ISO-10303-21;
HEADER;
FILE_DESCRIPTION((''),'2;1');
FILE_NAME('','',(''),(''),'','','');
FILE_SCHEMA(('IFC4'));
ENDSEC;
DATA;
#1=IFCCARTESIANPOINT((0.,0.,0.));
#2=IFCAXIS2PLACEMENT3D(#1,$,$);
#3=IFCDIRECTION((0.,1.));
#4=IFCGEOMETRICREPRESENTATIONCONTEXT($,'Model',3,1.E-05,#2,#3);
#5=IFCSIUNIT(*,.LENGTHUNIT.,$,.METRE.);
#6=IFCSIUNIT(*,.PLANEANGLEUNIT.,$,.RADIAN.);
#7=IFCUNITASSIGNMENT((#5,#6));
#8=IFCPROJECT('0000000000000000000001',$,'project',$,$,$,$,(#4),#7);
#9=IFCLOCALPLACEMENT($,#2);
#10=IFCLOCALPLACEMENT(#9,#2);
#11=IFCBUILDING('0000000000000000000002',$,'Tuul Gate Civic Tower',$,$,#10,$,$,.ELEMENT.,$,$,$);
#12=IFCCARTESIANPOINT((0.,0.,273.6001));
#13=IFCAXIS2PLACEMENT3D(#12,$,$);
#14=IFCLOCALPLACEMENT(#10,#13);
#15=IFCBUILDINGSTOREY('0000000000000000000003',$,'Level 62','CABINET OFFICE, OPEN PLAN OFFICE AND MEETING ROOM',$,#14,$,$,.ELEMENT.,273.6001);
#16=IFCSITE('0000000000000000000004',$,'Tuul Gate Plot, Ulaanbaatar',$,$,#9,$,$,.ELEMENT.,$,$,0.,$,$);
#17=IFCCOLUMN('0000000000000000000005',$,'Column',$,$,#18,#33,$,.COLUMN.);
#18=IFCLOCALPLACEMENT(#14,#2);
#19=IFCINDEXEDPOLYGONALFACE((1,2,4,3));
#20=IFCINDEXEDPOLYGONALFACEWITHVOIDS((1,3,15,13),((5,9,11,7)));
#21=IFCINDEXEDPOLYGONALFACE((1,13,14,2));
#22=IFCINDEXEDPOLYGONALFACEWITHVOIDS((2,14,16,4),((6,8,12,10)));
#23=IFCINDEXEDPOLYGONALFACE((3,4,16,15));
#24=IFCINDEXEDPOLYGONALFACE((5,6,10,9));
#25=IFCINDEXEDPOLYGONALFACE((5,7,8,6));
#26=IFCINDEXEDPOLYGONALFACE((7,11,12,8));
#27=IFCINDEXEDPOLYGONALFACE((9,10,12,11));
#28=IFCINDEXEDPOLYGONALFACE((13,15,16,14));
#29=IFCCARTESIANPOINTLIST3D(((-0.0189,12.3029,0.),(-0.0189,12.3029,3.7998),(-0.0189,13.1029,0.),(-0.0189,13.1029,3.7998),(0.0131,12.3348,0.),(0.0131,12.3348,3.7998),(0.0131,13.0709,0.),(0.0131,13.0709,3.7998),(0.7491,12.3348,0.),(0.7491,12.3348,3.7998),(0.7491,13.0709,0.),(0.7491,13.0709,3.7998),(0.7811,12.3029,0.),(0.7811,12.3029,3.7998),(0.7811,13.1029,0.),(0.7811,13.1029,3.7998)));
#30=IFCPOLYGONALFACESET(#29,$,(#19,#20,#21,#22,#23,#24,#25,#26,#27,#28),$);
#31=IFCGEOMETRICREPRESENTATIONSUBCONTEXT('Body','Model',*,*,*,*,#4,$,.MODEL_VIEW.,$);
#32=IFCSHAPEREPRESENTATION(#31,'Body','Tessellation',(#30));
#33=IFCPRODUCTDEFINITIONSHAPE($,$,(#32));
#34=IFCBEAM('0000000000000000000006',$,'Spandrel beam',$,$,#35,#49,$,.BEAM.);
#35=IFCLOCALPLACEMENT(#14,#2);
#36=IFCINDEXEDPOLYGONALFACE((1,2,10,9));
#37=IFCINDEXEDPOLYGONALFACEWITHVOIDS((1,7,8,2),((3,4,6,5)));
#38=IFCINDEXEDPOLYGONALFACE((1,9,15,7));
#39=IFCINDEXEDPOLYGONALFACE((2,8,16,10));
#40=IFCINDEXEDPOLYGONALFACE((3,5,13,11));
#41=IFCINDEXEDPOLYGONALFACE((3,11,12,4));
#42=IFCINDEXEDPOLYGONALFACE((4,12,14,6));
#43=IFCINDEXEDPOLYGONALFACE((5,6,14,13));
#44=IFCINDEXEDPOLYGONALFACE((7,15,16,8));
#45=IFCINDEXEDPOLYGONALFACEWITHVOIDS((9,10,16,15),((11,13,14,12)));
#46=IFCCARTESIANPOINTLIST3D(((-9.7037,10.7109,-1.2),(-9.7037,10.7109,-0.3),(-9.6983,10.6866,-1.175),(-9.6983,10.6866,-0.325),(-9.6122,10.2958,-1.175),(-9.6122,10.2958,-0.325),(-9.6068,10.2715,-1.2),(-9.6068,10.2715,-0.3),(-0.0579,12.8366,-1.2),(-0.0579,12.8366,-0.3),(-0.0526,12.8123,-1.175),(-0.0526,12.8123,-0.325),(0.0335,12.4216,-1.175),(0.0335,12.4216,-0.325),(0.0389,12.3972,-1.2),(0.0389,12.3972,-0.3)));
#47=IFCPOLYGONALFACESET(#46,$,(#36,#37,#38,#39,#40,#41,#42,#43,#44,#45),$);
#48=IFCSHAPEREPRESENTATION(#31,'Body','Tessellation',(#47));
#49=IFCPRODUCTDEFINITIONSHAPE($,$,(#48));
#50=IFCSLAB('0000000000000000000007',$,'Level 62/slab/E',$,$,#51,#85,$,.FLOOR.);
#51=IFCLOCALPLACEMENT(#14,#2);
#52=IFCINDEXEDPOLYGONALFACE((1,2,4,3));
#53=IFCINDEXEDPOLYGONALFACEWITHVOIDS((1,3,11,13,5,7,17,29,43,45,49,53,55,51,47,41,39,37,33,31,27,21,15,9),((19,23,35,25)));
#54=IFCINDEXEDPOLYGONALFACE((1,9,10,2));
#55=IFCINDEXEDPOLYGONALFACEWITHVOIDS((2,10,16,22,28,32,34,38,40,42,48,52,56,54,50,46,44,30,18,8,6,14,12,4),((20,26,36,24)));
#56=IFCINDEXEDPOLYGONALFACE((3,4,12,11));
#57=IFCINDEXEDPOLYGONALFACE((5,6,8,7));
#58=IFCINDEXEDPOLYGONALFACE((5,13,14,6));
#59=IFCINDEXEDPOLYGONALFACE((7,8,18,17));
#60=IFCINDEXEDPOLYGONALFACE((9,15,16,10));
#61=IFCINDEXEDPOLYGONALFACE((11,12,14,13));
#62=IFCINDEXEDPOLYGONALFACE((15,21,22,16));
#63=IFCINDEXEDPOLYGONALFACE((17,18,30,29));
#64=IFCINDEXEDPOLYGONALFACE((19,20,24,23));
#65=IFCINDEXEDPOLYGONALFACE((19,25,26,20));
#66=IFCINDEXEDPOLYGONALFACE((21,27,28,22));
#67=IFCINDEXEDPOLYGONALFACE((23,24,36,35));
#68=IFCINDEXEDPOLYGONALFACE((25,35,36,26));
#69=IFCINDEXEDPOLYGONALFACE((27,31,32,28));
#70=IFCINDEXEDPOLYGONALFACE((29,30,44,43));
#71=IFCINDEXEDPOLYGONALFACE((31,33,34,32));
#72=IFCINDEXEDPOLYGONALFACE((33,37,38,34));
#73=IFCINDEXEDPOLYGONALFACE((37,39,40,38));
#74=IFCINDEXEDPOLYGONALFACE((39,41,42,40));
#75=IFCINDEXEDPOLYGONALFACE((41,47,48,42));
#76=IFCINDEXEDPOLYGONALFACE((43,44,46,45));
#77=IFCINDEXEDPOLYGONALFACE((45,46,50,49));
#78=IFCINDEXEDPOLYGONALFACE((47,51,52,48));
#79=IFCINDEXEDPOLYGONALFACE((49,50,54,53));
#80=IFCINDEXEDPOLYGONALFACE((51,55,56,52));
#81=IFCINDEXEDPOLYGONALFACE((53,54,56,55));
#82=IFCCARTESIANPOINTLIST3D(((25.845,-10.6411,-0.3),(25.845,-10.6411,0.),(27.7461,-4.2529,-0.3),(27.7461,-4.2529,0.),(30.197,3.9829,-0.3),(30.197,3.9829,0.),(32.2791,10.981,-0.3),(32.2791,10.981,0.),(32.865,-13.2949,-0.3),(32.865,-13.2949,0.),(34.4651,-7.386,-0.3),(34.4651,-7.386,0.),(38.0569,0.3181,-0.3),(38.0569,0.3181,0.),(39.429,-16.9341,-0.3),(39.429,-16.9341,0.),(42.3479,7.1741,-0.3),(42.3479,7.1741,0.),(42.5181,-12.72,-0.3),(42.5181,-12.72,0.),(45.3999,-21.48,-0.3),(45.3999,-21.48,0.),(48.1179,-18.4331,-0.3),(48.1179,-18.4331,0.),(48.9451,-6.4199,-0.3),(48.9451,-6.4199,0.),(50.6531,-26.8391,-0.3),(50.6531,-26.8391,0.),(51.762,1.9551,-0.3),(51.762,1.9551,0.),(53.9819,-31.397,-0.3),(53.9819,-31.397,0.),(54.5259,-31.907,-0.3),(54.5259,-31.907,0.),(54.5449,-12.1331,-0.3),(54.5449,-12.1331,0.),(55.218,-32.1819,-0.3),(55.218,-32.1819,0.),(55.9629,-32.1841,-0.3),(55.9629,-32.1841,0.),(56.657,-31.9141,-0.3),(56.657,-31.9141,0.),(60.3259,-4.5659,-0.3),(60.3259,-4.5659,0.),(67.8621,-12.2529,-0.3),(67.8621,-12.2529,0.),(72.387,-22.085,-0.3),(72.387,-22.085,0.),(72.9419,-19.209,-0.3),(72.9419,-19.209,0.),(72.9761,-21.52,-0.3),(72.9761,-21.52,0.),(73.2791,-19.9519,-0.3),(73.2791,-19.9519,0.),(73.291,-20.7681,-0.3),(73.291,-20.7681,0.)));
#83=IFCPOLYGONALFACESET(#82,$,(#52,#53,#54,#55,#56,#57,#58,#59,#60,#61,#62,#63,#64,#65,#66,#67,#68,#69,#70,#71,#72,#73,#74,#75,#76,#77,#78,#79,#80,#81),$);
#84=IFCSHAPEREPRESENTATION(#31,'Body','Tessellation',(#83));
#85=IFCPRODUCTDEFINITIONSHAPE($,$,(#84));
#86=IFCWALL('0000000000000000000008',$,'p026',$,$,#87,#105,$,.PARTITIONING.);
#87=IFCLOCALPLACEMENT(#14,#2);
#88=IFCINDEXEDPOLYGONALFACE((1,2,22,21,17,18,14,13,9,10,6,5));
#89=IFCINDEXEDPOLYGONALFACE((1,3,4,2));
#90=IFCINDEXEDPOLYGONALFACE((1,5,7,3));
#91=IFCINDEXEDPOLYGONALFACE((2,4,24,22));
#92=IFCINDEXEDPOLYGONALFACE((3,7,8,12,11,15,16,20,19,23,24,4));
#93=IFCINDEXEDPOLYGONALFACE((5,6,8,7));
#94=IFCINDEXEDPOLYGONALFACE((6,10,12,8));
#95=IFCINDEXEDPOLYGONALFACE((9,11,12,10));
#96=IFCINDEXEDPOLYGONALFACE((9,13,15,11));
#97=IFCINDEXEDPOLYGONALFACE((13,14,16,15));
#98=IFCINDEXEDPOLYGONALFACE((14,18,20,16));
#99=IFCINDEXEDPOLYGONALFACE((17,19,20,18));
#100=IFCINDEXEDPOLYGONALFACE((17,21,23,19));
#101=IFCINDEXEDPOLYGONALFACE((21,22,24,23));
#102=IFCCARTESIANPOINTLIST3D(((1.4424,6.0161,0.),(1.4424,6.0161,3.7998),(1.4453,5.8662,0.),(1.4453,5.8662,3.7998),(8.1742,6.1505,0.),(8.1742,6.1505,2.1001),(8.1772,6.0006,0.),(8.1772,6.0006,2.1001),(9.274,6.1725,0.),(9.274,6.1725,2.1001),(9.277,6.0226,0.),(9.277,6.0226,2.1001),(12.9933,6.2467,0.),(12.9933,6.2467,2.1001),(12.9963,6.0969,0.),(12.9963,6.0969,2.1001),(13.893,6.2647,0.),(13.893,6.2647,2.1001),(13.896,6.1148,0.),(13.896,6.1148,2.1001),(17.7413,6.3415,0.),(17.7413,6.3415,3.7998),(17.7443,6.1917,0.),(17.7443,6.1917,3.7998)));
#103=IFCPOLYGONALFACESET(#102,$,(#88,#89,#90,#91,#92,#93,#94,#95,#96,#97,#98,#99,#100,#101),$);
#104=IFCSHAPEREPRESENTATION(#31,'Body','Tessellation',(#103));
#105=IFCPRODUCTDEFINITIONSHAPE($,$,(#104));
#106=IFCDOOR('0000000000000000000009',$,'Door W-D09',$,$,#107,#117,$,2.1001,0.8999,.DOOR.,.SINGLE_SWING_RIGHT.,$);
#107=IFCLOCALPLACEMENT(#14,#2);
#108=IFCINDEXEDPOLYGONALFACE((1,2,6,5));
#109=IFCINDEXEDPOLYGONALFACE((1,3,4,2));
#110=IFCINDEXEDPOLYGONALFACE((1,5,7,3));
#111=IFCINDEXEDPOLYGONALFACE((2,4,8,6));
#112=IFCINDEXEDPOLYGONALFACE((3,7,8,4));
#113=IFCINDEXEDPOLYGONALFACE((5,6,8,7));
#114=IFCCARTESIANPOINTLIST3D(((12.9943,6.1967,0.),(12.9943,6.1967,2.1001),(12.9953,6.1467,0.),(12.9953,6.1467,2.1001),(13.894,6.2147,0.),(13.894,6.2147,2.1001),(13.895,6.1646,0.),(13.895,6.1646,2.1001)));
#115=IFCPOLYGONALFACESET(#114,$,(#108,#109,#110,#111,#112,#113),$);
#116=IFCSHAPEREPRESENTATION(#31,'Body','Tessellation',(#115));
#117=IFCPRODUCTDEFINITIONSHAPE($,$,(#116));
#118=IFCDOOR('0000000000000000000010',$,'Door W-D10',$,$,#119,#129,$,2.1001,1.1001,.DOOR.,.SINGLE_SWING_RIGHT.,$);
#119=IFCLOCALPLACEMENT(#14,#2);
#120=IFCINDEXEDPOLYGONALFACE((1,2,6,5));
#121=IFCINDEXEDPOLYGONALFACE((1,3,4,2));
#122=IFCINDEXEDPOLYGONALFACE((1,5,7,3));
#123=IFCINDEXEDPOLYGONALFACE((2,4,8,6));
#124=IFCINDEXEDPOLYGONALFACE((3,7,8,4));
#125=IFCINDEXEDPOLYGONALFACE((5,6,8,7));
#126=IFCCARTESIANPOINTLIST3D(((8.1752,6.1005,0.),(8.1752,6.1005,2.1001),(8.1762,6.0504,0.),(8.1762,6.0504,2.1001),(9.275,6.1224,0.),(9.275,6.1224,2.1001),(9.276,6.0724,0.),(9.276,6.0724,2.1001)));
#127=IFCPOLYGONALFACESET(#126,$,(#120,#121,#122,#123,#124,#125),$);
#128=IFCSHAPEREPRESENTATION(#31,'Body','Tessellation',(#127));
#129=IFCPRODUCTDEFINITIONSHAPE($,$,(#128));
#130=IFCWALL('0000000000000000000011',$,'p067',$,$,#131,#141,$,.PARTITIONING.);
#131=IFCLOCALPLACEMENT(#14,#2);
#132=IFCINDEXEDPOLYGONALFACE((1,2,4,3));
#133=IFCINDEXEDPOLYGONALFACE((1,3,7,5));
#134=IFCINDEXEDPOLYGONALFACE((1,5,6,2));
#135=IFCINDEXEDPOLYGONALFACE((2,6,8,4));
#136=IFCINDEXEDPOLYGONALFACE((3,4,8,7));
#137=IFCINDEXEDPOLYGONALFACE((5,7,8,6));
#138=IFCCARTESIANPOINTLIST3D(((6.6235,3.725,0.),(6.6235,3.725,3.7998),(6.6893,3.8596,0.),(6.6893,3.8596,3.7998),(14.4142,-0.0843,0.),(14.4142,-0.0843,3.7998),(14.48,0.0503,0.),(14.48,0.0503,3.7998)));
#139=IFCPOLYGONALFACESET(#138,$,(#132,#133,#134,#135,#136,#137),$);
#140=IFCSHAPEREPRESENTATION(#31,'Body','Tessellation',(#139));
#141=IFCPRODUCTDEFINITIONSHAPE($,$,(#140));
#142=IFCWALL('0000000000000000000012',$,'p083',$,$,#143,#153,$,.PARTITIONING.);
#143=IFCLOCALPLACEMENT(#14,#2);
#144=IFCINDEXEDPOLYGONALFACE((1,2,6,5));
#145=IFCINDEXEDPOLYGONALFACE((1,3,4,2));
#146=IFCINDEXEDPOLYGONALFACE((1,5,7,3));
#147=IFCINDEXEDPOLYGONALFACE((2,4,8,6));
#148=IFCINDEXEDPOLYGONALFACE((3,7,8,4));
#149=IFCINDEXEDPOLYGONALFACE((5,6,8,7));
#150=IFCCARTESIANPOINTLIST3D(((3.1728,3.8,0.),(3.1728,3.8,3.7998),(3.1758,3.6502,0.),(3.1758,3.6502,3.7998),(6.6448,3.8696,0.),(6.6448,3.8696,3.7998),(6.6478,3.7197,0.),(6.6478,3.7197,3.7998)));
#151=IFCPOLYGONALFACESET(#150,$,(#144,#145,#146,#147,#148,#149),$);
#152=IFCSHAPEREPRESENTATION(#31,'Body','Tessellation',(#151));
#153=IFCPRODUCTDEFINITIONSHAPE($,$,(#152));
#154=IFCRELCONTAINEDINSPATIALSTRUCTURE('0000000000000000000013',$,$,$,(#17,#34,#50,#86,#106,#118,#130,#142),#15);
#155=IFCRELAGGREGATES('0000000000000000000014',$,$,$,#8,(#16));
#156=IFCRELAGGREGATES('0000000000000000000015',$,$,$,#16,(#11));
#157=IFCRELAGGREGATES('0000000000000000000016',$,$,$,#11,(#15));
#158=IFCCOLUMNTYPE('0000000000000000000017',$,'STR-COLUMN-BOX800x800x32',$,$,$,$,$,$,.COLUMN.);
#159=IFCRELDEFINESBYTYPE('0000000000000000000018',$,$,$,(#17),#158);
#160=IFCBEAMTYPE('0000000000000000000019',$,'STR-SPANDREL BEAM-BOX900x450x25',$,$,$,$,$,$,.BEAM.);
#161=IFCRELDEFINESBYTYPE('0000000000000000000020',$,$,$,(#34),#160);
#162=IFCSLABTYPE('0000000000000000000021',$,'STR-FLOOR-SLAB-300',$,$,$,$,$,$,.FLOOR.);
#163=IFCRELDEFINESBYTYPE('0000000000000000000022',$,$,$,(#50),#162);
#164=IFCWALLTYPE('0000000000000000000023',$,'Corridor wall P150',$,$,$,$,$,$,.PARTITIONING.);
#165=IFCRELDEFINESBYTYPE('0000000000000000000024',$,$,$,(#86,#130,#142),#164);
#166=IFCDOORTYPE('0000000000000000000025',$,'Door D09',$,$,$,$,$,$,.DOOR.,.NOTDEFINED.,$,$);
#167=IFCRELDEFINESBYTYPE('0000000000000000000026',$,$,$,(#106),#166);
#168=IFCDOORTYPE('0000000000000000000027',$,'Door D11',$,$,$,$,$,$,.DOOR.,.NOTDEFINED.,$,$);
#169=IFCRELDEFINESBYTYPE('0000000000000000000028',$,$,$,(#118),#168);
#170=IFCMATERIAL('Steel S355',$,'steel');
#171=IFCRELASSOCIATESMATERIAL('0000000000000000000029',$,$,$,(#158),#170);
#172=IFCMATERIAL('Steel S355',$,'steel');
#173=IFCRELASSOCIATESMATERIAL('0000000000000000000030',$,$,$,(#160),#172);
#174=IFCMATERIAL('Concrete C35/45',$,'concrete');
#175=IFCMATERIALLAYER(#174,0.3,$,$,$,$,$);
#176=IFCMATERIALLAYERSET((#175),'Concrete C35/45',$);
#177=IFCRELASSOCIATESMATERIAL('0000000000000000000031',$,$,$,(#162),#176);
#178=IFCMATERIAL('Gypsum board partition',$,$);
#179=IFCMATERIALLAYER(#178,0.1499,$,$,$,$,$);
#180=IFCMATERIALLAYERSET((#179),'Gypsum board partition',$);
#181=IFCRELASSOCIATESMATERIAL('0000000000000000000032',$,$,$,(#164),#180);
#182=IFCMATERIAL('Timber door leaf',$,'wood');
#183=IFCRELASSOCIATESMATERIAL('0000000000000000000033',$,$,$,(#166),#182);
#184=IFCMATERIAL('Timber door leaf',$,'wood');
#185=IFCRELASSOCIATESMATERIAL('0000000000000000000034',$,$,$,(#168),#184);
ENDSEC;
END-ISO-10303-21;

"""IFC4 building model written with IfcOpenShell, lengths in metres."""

from ifc_helpers import new_model, si_unit, direction, frame, frame_2d, origin, origin_2d, place, context, subcontext, project, spatial, polyline, rectangle, hollow_rectangle, outline, extrude, material, layer, layer_set, material_profile, profile_set, type_object, element, fill, save


model = new_model("IFC4")

# Units and contexts
model_context = context("Model", 3, precision=1e-05, world=origin(), true_north=direction((0.0, 1.0)))
body_context = subcontext(model_context, "Body", "Model", "MODEL_VIEW")
ifc_project = project(units=[si_unit("LENGTHUNIT", "METRE"), si_unit("PLANEANGLEUNIT", "RADIAN")], contexts=[model_context])

# Site, building, storey
site_placement = place(None, origin())
site = spatial("IfcSite", under=ifc_project, at=site_placement, Name="Tuul Gate Plot, Ulaanbaatar", CompositionType="ELEMENT", RefElevation=0.0)
building_placement = place(site_placement, origin())
building = spatial("IfcBuilding", under=site, at=building_placement, Name="Tuul Gate Civic Tower", CompositionType="ELEMENT")
storey_placement = place(building_placement, frame((0.0, 0.0, 273.6001)))
storey = spatial("IfcBuildingStorey", under=building, at=storey_placement, Name="Level 62", Description="CABINET OFFICE, OPEN PLAN OFFICE AND MEETING ROOM", CompositionType="ELEMENT", Elevation=273.6001)

# Column
ifc_material_1 = material(Name="Steel S355", Category="steel")
ifc_material_profile_1 = material_profile(ifc_material_1, hollow_rectangle(XDim=0.8, YDim=0.8, WallThickness=0.032, at=origin_2d()), Name="BOX800x800x32")
ifc_profile_set_1 = profile_set([ifc_material_profile_1], Name="Steel S355")
column_type = type_object("IfcColumnType", Name="STR-COLUMN-BOX800x800x32", PredefinedType="COLUMN", material=ifc_profile_set_1)
column_placement = place(storey_placement, frame((0.3811, 12.7029, 0.0), z_axis=(0.0, 0.0, 1.0), x_axis=(1.0, 0.0, 0.0)))
element("IfcColumn", 1, at=column_placement, inside=storey, type_object=column_type, Name="Column", PredefinedType="COLUMN", context=body_context, shape_type="SweptSolid", body=[
    extrude(hollow_rectangle(XDim=0.8, YDim=0.8, WallThickness=0.032, at=origin_2d()), origin(), (0.0, 0.0, 1.0), 3.7998),
])

# Beam
ifc_material_2 = material(Name="Steel S355", Category="steel")
ifc_material_profile_2 = material_profile(ifc_material_2, hollow_rectangle(XDim=0.45, YDim=0.8999, WallThickness=0.0249, at=origin_2d()), Name="BOX900x450x25")
ifc_profile_set_2 = profile_set([ifc_material_profile_2], Name="Steel S355")
beam_type = type_object("IfcBeamType", Name="STR-SPANDREL BEAM-BOX900x450x25", PredefinedType="BEAM", material=ifc_profile_set_2)
beam_placement = place(storey_placement, frame((-0.0095, 12.6169, -0.75), z_axis=(-0.976566, -0.215216, 0.0), x_axis=(0.215216, -0.976566, 0.0)))
element("IfcBeam", 2, at=beam_placement, inside=storey, type_object=beam_type, Name="Spandrel beam", PredefinedType="BEAM", context=body_context, shape_type="SweptSolid", body=[
    extrude(hollow_rectangle(XDim=0.45, YDim=0.8999, WallThickness=0.0249, at=origin_2d()), origin(), (0.0, 0.0, 1.0), 9.8772),
])

# Slab
ifc_material_3 = material(Name="Concrete C35/45", Category="concrete")
ifc_layer_1 = layer(ifc_material_3, 0.3)
ifc_layer_set_1 = layer_set([ifc_layer_1], Name="Concrete C35/45")
slab_type = type_object("IfcSlabType", Name="STR-FLOOR-SLAB-300", PredefinedType="FLOOR", material=ifc_layer_set_1)
slab_placement = place(storey_placement, frame((0.0, 0.0, -0.3)))
element("IfcSlab", 3, at=slab_placement, inside=storey, type_object=slab_type, Name="Level 62/slab/E", PredefinedType="FLOOR", context=body_context, shape_type="SweptSolid", body=[
    extrude(outline(polyline([(55.9629, -32.1841), (56.657, -31.9141), (72.387, -22.085), (72.9761, -21.52), (73.291, -20.7681), (73.2791, -19.9519), (72.9419, -19.209), (67.8621, -12.2529), (60.3259, -4.5659), (51.762, 1.9551), (42.3479, 7.1741), (32.2791, 10.981), (30.197, 3.9829), (38.0569, 0.3181), (34.4651, -7.386), (27.7461, -4.2529), (25.845, -10.6411), (32.865, -13.2949), (39.429, -16.9341), (45.3999, -21.48), (50.6531, -26.8391), (53.9819, -31.397), (54.5259, -31.907), (55.218, -32.1819), (55.9629, -32.1841)]), holes=[polyline([(48.1179, -18.4331), (42.5181, -12.72), (48.9451, -6.4199), (54.5449, -12.1331), (48.1179, -18.4331)])]), origin(), (0.0, 0.0, 1.0), 0.3),
])

# Wall, openings, doors
ifc_material_4 = material(Name="Gypsum board partition")
ifc_layer_2 = layer(ifc_material_4, 0.1499)
ifc_layer_set_2 = layer_set([ifc_layer_2], Name="Gypsum board partition")
wall_type_1 = type_object("IfcWallType", Name="Corridor wall P150", PredefinedType="PARTITIONING", material=ifc_layer_set_2)
wall_1_placement = place(storey_placement, frame((1.4438, 5.9412, 0.0), z_axis=(0.0, 0.0, 1.0), x_axis=(0.999801, 0.019963, 0.0)))
wall_1 = element("IfcWall", 4, at=wall_1_placement, inside=storey, type_object=wall_type_1, Name="p026", PredefinedType="PARTITIONING", context=body_context, shape_type="SweptSolid", body=[
    extrude(rectangle(XDim=16.3022, YDim=0.1499, at=frame_2d((8.1511, 0.0))), origin(), (0.0, 0.0, 1.0), 3.7998),
])
opening_1_placement = place(wall_1_placement, frame((11.5532, 0.0, 0.0)))
opening_1 = element("IfcOpeningElement", 5, at=opening_1_placement, cuts=wall_1, PredefinedType="OPENING", context=body_context, shape_type="SweptSolid", body=[
    extrude(rectangle(XDim=0.8999, YDim=2.1001, at=frame_2d((0.45, 1.05))), frame((0.0, 0.085, 0.0), z_axis=(0.0, -1.0, 0.0), x_axis=(1.0, 0.0, 0.0)), (0.0, 0.0, 1.0), 0.1699),
])
opening_2_placement = place(wall_1_placement, frame((6.7332, 0.0, 0.0)))
opening_2 = element("IfcOpeningElement", 6, at=opening_2_placement, cuts=wall_1, PredefinedType="OPENING", context=body_context, shape_type="SweptSolid", body=[
    extrude(rectangle(XDim=1.1001, YDim=2.1001, at=frame_2d((0.55, 1.05))), frame((0.0, 0.085, 0.0), z_axis=(0.0, -1.0, 0.0), x_axis=(1.0, 0.0, 0.0)), (0.0, 0.0, 1.0), 0.1699),
])
ifc_material_5 = material(Name="Timber door leaf", Category="wood")
door_type_1 = type_object("IfcDoorType", Name="Door D09", OperationType="NOTDEFINED", PredefinedType="DOOR", material=ifc_material_5)
door_1_placement = place(opening_1_placement, origin())
door_1 = element("IfcDoor", 7, at=door_1_placement, inside=storey, type_object=door_type_1, Name="Door W-D09", OperationType="SINGLE_SWING_RIGHT", OverallHeight=2.1001, OverallWidth=0.8999, PredefinedType="DOOR", context=body_context, shape_type="SweptSolid", body=[
    extrude(rectangle(XDim=0.8999, YDim=2.1001, at=frame_2d((0.45, 1.05))), frame((0.0, 0.0249, 0.0), z_axis=(0.0, -1.0, 0.0), x_axis=(1.0, 0.0, 0.0)), (0.0, 0.0, 1.0), 0.05),
])
fill(opening_1, door_1)
ifc_material_6 = material(Name="Timber door leaf", Category="wood")
door_type_2 = type_object("IfcDoorType", Name="Door D11", OperationType="NOTDEFINED", PredefinedType="DOOR", material=ifc_material_6)
door_2_placement = place(opening_2_placement, origin())
door_2 = element("IfcDoor", 8, at=door_2_placement, inside=storey, type_object=door_type_2, Name="Door W-D10", OperationType="SINGLE_SWING_RIGHT", OverallHeight=2.1001, OverallWidth=1.1001, PredefinedType="DOOR", context=body_context, shape_type="SweptSolid", body=[
    extrude(rectangle(XDim=1.1001, YDim=2.1001, at=frame_2d((0.55, 1.05))), frame((0.0, 0.0249, 0.0), z_axis=(0.0, -1.0, 0.0), x_axis=(1.0, 0.0, 0.0)), (0.0, 0.0, 1.0), 0.05),
])
fill(opening_2, door_2)

# Walls
wall_2_placement = place(storey_placement, frame((6.6565, 3.7922, 0.0), z_axis=(0.0, 0.0, 1.0), x_axis=(0.898361, -0.439257, 0.0)))
element("IfcWall", 9, at=wall_2_placement, inside=storey, type_object=wall_type_1, Name="p067", PredefinedType="PARTITIONING", context=body_context, shape_type="SweptSolid", body=[
    extrude(rectangle(XDim=8.6721, YDim=0.1499, at=frame_2d((4.3359, 0.0))), origin(), (0.0, 0.0, 1.0), 3.7998),
])
wall_3_placement = place(storey_placement, frame((3.1743, 3.7251, 0.0), z_axis=(0.0, 0.0, 1.0), x_axis=(0.999799, 0.020037, 0.0)))
element("IfcWall", 10, at=wall_3_placement, inside=storey, type_object=wall_type_1, Name="p083", PredefinedType="PARTITIONING", context=body_context, shape_type="SweptSolid", body=[
    extrude(rectangle(XDim=3.4727, YDim=0.1499, at=frame_2d((1.7363, 0.0))), origin(), (0.0, 0.0, 1.0), 3.7998),
])

save(model, "model.ifc")
